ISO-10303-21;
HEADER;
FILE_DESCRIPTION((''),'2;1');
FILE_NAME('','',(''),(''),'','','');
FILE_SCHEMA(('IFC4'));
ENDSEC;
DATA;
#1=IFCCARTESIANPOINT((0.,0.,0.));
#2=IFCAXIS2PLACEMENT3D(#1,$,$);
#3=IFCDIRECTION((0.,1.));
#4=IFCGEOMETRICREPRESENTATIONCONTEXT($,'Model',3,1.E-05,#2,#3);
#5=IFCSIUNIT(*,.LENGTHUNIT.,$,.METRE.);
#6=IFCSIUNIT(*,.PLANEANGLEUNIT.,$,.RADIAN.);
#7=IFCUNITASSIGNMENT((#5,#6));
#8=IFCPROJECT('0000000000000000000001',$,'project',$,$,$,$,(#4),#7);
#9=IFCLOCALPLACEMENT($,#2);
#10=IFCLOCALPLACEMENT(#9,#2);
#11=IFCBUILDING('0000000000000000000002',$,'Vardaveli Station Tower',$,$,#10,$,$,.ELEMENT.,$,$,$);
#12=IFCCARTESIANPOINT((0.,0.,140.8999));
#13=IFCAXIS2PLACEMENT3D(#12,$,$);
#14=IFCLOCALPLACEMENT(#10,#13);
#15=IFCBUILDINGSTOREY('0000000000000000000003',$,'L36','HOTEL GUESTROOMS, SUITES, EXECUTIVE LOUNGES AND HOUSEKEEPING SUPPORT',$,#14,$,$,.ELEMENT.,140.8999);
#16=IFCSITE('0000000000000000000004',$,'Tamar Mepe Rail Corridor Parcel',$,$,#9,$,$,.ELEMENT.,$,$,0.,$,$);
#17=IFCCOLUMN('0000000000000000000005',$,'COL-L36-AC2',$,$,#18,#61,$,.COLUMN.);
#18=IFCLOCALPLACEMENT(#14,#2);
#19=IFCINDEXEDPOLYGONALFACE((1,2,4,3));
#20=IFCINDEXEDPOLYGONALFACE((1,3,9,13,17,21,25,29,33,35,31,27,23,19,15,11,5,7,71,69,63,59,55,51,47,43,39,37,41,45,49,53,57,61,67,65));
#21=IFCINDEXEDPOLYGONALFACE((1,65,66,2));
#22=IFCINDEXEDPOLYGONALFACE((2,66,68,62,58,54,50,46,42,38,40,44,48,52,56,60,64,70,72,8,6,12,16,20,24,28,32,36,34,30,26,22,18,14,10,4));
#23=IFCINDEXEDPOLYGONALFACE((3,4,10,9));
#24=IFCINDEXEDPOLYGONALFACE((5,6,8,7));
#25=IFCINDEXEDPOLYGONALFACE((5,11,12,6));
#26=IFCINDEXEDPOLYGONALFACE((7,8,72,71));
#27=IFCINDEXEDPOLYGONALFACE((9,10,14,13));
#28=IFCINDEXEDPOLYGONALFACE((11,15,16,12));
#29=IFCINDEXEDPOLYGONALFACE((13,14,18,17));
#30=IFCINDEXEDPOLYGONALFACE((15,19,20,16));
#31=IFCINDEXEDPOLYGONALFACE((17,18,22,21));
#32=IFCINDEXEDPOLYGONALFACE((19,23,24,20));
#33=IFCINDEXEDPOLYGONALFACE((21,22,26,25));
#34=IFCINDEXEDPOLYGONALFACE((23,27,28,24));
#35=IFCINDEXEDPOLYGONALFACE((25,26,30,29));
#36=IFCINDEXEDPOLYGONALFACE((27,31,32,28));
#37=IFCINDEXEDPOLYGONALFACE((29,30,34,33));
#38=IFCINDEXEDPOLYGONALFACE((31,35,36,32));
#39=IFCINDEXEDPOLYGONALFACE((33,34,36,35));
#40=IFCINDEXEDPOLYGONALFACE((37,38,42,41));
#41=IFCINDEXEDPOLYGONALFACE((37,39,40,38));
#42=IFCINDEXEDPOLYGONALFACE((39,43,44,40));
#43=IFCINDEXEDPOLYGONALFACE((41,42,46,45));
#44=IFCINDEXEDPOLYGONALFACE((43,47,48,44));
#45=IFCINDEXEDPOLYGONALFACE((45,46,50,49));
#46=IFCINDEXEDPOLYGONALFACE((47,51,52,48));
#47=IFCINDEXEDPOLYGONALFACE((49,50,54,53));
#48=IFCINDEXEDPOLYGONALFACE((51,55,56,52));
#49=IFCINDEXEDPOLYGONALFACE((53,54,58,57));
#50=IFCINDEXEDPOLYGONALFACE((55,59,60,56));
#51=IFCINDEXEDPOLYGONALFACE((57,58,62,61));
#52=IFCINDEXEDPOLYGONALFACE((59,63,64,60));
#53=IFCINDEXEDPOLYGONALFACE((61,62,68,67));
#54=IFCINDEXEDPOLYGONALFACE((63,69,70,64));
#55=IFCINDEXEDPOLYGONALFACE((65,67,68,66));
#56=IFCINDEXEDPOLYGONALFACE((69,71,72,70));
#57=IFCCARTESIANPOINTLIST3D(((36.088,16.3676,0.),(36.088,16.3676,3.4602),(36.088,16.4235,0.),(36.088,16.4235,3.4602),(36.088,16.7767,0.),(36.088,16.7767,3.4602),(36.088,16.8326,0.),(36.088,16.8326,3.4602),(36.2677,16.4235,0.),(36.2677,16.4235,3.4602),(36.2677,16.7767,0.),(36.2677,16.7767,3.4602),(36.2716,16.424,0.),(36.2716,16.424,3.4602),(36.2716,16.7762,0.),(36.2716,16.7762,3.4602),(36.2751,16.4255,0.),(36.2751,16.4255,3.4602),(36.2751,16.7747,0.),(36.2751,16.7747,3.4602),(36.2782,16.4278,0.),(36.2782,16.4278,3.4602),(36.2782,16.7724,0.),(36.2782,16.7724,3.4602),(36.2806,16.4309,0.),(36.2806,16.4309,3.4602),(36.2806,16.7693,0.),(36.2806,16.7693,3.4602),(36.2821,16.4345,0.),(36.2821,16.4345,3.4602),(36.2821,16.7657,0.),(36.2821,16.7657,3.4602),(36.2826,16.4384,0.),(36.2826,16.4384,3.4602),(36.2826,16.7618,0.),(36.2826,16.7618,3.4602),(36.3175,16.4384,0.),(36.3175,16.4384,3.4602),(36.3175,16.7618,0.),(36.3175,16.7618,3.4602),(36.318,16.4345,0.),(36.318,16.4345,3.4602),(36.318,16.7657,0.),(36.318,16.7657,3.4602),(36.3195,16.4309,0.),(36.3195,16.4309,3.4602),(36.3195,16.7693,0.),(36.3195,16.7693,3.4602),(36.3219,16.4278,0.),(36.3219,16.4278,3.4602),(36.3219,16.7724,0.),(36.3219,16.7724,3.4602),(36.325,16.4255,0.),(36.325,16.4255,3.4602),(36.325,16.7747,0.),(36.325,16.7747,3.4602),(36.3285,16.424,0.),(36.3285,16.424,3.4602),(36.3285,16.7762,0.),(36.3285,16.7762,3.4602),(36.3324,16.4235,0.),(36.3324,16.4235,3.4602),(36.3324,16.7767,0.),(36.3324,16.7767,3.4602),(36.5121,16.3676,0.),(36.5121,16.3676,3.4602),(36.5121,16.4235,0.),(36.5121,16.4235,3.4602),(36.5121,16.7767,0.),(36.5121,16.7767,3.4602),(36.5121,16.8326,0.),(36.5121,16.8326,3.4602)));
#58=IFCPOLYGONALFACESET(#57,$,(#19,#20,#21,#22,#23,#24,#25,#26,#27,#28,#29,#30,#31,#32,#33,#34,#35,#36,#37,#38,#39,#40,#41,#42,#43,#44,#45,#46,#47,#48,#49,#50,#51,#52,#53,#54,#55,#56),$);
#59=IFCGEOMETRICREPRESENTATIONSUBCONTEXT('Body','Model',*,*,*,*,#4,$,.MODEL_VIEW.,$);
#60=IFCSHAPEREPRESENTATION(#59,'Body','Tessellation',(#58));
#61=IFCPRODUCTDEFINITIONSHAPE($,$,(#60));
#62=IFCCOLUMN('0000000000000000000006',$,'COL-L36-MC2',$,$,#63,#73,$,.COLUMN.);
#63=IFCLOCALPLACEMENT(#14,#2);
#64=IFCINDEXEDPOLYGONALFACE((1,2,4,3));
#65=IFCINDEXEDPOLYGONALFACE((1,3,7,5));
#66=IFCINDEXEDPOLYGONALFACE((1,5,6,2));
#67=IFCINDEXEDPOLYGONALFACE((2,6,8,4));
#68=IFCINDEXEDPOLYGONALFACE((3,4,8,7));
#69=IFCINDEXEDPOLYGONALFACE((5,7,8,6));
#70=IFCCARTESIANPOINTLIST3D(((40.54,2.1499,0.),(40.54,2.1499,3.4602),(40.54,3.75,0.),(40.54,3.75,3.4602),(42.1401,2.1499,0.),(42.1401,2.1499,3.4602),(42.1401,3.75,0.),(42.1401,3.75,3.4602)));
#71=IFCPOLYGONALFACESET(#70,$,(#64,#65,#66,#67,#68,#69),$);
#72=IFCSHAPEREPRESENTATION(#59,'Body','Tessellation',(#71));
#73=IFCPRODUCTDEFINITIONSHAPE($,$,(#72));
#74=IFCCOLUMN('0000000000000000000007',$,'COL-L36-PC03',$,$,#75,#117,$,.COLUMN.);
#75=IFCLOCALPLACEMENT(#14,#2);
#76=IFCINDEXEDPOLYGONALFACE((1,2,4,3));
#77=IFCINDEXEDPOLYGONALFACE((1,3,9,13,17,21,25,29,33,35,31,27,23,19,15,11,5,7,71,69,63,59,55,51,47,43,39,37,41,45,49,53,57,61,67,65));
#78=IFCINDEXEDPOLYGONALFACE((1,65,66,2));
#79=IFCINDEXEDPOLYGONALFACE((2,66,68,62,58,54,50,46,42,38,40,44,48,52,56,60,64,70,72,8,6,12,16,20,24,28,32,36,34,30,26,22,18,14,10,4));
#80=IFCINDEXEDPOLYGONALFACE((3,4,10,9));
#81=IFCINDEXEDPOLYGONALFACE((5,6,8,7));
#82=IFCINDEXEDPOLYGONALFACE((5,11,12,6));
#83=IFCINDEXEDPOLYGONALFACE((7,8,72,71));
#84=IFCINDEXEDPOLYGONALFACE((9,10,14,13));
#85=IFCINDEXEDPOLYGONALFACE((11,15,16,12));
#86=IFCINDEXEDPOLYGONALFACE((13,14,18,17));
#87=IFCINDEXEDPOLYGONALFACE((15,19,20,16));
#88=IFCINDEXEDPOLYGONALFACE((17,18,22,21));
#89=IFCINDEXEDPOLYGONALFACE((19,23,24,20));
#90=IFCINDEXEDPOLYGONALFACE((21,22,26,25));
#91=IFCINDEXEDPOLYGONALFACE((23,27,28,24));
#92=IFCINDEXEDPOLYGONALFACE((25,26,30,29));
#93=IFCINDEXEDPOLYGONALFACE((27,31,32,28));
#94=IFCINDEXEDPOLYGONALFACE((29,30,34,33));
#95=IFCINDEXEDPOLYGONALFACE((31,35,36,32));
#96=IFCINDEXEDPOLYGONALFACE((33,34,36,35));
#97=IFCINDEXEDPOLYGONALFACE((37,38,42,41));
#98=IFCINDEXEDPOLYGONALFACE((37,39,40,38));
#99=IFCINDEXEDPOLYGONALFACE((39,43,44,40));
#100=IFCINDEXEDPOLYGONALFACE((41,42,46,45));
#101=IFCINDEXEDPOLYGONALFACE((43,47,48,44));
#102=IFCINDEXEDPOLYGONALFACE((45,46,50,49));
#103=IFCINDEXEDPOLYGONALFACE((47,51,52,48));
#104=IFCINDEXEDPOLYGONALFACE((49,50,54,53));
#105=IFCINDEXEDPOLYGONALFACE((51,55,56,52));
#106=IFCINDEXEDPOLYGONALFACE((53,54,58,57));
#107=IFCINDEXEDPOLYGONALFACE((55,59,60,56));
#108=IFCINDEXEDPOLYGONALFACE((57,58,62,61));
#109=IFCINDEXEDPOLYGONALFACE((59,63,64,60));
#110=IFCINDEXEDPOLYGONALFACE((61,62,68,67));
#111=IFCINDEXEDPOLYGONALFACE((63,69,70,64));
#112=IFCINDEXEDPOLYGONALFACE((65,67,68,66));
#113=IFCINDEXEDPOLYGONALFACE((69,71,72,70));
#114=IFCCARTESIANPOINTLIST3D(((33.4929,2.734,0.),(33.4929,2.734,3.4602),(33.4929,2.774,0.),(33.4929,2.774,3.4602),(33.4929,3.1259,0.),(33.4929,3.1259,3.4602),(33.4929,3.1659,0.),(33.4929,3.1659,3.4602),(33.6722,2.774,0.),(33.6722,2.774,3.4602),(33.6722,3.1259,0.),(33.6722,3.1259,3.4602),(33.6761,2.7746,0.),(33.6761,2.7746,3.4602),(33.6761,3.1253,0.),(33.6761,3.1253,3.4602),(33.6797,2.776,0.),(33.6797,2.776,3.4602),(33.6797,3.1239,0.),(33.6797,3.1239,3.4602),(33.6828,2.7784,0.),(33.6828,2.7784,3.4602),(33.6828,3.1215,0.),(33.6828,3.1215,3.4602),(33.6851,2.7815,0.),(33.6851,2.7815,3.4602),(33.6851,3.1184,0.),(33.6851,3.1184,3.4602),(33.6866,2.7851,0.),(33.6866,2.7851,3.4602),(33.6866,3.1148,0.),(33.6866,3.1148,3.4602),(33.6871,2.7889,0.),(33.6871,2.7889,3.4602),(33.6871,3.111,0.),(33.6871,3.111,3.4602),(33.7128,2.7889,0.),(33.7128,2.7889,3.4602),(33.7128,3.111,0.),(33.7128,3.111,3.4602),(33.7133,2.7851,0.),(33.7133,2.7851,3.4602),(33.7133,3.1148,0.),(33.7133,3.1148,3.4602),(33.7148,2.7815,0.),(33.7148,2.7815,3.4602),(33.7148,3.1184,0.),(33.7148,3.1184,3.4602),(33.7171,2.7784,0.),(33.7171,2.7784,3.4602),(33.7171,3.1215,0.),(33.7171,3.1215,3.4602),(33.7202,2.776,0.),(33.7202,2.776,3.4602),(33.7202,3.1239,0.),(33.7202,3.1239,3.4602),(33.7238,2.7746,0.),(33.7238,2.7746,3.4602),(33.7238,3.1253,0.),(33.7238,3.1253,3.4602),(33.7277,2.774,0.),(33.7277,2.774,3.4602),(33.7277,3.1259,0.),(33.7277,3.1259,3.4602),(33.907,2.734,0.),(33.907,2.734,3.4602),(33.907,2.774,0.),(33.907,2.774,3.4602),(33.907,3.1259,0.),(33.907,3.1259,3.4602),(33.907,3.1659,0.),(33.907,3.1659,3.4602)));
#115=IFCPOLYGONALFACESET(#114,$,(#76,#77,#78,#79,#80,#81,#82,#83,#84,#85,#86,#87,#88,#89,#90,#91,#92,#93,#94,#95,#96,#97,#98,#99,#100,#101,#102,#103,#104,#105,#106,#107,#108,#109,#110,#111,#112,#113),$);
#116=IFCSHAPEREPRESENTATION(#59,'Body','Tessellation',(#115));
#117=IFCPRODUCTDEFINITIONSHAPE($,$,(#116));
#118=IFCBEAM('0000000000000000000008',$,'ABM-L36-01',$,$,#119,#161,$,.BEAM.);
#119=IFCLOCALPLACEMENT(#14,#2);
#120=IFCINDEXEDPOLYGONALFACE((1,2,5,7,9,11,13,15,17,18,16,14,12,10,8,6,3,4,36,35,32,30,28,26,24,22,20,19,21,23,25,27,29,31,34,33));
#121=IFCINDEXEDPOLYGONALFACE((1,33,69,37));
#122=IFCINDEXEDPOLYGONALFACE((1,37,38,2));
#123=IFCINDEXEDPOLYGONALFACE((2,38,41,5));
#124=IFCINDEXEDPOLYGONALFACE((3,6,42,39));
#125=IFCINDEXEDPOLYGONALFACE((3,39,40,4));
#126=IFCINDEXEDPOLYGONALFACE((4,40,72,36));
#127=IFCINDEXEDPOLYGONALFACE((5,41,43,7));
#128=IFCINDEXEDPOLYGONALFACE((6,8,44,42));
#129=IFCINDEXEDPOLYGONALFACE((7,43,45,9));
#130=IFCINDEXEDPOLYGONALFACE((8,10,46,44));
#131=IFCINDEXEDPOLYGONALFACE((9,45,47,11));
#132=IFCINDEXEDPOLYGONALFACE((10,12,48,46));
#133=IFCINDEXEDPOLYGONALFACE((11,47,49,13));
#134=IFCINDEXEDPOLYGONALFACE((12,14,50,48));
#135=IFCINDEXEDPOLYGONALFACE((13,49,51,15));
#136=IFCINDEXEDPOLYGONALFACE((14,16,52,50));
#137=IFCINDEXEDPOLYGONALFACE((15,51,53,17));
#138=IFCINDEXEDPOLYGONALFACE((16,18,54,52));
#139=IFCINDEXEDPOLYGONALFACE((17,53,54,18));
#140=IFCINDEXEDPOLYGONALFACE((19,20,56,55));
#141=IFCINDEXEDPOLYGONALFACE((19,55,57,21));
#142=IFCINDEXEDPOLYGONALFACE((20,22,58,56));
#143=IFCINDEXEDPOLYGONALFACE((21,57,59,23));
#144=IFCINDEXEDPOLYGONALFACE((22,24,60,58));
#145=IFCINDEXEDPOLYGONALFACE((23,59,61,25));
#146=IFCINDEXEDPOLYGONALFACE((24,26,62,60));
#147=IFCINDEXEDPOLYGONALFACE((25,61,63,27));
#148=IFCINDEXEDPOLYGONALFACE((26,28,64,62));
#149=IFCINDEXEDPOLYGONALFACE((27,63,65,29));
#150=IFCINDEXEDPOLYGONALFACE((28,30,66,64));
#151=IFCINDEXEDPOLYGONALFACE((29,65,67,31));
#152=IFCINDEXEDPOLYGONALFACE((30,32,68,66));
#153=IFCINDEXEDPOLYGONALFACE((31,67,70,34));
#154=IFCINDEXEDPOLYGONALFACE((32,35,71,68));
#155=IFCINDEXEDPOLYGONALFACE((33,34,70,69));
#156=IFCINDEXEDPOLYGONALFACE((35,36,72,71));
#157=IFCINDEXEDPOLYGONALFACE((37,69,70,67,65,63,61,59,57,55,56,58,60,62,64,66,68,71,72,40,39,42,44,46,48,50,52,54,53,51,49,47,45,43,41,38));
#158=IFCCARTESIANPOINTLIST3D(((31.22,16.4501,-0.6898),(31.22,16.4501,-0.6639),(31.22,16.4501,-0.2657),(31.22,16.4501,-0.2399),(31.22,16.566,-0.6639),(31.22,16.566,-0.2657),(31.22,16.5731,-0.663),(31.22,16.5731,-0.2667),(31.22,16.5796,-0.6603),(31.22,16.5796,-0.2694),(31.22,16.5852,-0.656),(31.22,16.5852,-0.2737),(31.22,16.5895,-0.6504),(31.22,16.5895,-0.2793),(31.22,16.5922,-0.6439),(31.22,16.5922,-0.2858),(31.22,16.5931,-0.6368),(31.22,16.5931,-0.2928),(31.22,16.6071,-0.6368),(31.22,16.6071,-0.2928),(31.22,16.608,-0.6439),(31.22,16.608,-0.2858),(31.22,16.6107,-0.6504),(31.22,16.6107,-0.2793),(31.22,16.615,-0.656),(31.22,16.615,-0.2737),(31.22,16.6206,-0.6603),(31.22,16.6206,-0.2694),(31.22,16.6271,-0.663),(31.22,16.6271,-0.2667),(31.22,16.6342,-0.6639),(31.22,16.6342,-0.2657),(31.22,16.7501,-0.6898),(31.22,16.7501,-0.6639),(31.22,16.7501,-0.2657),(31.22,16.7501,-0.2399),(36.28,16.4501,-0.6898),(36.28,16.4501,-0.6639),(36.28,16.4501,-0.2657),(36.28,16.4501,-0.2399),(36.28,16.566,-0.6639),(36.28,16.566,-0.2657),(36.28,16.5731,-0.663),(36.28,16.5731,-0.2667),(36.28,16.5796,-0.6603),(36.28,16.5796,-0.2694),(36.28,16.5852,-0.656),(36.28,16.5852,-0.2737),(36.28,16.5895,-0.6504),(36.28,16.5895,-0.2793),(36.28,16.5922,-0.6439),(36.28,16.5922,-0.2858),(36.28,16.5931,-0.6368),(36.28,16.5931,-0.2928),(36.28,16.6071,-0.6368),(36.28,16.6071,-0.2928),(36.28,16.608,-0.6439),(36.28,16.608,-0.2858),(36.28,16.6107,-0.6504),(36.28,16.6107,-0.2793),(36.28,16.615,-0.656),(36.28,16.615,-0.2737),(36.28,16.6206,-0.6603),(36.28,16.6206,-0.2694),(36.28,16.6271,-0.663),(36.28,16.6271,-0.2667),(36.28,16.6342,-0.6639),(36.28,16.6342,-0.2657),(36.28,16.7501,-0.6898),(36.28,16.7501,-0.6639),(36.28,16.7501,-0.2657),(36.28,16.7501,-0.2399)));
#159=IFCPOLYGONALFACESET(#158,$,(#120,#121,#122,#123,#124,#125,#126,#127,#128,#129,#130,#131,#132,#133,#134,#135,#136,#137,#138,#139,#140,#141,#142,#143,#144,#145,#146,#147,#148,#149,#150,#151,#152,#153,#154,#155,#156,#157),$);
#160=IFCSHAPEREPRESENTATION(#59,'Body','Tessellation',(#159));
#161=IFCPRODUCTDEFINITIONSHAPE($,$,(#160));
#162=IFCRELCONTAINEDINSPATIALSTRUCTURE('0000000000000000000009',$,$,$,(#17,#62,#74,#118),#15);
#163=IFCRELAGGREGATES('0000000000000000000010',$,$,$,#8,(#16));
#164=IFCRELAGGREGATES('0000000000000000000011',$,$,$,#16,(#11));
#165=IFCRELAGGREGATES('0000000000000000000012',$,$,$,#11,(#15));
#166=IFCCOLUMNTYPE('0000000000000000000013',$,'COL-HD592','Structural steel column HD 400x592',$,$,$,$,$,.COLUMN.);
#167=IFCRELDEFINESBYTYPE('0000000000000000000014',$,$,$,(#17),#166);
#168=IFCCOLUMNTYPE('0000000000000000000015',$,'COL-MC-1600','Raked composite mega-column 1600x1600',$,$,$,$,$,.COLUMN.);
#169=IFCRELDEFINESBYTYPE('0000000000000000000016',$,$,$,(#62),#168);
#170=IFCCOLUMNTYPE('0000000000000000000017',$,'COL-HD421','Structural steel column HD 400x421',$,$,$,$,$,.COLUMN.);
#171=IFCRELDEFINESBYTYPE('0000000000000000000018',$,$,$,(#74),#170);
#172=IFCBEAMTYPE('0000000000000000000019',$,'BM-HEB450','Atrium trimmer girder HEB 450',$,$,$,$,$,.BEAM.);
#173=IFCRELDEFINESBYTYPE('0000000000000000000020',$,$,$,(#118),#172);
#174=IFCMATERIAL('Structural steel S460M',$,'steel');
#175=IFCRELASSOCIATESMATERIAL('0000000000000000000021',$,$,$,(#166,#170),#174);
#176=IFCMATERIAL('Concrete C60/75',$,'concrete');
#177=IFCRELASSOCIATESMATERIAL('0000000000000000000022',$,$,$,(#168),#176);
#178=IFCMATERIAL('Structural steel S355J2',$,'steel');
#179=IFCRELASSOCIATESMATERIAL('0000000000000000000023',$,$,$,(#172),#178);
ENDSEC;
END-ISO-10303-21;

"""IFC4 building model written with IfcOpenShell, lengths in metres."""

from ifc_helpers import new_model, si_unit, direction, frame, origin, origin_2d, place, context, subcontext, project, spatial, rectangle, i_section, extrude, source, transform, mapped, material, material_profile, profile_set, type_object, element, save


model = new_model("IFC4")

# Units and contexts
model_context = context("Model", 3, precision=1e-05, world=origin(), true_north=direction((0.0, 1.0)))
body_context = subcontext(model_context, "Body", "Model", "MODEL_VIEW")
ifc_project = project(units=[si_unit("LENGTHUNIT", "METRE"), si_unit("PLANEANGLEUNIT", "RADIAN")], contexts=[model_context])

# Site, building, storey
site_placement = place(None, origin())
site = spatial("IfcSite", under=ifc_project, at=site_placement, Name="Tamar Mepe Rail Corridor Parcel", CompositionType="ELEMENT", RefElevation=0.0)
building_placement = place(site_placement, origin())
building = spatial("IfcBuilding", under=site, at=building_placement, Name="Vardaveli Station Tower", CompositionType="ELEMENT")
storey_placement = place(building_placement, frame((0.0, 0.0, 140.8999)))
storey = spatial("IfcBuildingStorey", under=building, at=storey_placement, Name="L36", Description="HOTEL GUESTROOMS, SUITES, EXECUTIVE LOUNGES AND HOUSEKEEPING SUPPORT", CompositionType="ELEMENT", Elevation=140.8999)

# Columns
ifc_material_1 = material(Name="Structural steel S460M", Category="steel")
ifc_material_profile_1 = material_profile(ifc_material_1, i_section(OverallWidth=0.4241, OverallDepth=0.4651, WebThickness=0.0349, FlangeThickness=0.0559, FilletRadius=0.0149, at=origin_2d()), Name="HD 400x592")
ifc_profile_set_1 = profile_set([ifc_material_profile_1], Name="Structural steel S460M")
column_type_1 = type_object("IfcColumnType", Name="COL-HD592", Description="Structural steel column HD 400x592", PredefinedType="COLUMN", material=ifc_profile_set_1)
shared_shape_1 = source(origin(), body_context, "Body", "SweptSolid", [
    extrude(i_section(OverallWidth=0.4241, OverallDepth=0.4651, WebThickness=0.0349, FlangeThickness=0.0559, FilletRadius=0.0149, at=origin_2d()), origin(), (0.0, 0.0, 1.0), 3.4602),
])
column_1_placement = place(storey_placement, frame((36.3, 16.6001, 0.0), z_axis=(0.0, 0.0, 1.0), x_axis=(1.0, 0.0, 0.0)))
element("IfcColumn", 1, at=column_1_placement, inside=storey, type_object=column_type_1, Name="COL-L36-AC2", PredefinedType="COLUMN", context=body_context, shape_type="MappedRepresentation", body=[
    mapped(shared_shape_1, transform((0.0, 0.0, 0.0), scale=1.0)),
])
ifc_material_2 = material(Name="Concrete C60/75", Category="concrete")
ifc_material_profile_2 = material_profile(ifc_material_2, rectangle(XDim=1.6001, YDim=1.6001, at=origin_2d()), Name="MC 1600x1600")
ifc_profile_set_2 = profile_set([ifc_material_profile_2], Name="Concrete C60/75")
column_type_2 = type_object("IfcColumnType", Name="COL-MC-1600", Description="Raked composite mega-column 1600x1600", PredefinedType="COLUMN", material=ifc_profile_set_2)
shared_shape_2 = source(origin(), body_context, "Body", "SweptSolid", [
    extrude(rectangle(XDim=1.6001, YDim=1.6001, at=origin_2d()), origin(), (0.0, 0.0, 1.0), 3.4602),
])
column_2_placement = place(storey_placement, frame((41.3401, 2.95, 0.0), z_axis=(0.0, 0.0, 1.0), x_axis=(1.0, 0.0, 0.0)))
element("IfcColumn", 2, at=column_2_placement, inside=storey, type_object=column_type_2, Name="COL-L36-MC2", PredefinedType="COLUMN", context=body_context, shape_type="MappedRepresentation", body=[
    mapped(shared_shape_2, transform((0.0, 0.0, 0.0), scale=1.0)),
])
ifc_material_profile_3 = material_profile(ifc_material_1, i_section(OverallWidth=0.4141, OverallDepth=0.4319, WebThickness=0.0256, FlangeThickness=0.04, FilletRadius=0.0149, at=origin_2d()), Name="HD 400x421")
ifc_profile_set_3 = profile_set([ifc_material_profile_3], Name="Structural steel S460M")
column_type_3 = type_object("IfcColumnType", Name="COL-HD421", Description="Structural steel column HD 400x421", PredefinedType="COLUMN", material=ifc_profile_set_3)
shared_shape_3 = source(origin(), body_context, "Body", "SweptSolid", [
    extrude(i_section(OverallWidth=0.4141, OverallDepth=0.4319, WebThickness=0.0256, FlangeThickness=0.04, FilletRadius=0.0149, at=origin_2d()), origin(), (0.0, 0.0, 1.0), 3.4602),
])
column_3_placement = place(storey_placement, frame((33.7, 2.95, 0.0), z_axis=(0.0, 0.0, 1.0), x_axis=(1.0, 0.0, 0.0)))
element("IfcColumn", 3, at=column_3_placement, inside=storey, type_object=column_type_3, Name="COL-L36-PC03", PredefinedType="COLUMN", context=body_context, shape_type="MappedRepresentation", body=[
    mapped(shared_shape_3, transform((0.0, 0.0, 0.0), scale=1.0)),
])

# Beam
ifc_material_3 = material(Name="Structural steel S355J2", Category="steel")
ifc_material_profile_4 = material_profile(ifc_material_3, i_section(OverallWidth=0.3, OverallDepth=0.45, WebThickness=0.0139, FlangeThickness=0.0259, FilletRadius=0.0271, at=origin_2d()), Name="HEB 450")
ifc_profile_set_4 = profile_set([ifc_material_profile_4], Name="Structural steel S355J2")
beam_type_1 = type_object("IfcBeamType", Name="BM-HEB450", Description="Atrium trimmer girder HEB 450", PredefinedType="BEAM", material=ifc_profile_set_4)
shared_shape_4 = source(origin(), body_context, "Body", "SweptSolid", [
    extrude(i_section(OverallWidth=0.3, OverallDepth=0.45, WebThickness=0.0139, FlangeThickness=0.0259, FilletRadius=0.0271, at=origin_2d()), origin(), (0.0, 0.0, 1.0), 5.0601),
])
beam_1_placement = place(storey_placement, frame((31.22, 16.6001, -0.4648), z_axis=(1.0, 0.0, 0.0), x_axis=(0.0, 1.0, 0.0)))
element("IfcBeam", 4, at=beam_1_placement, inside=storey, type_object=beam_type_1, Name="ABM-L36-01", PredefinedType="BEAM", context=body_context, shape_type="MappedRepresentation", body=[
    mapped(shared_shape_4, transform((0.0, 0.0, 0.0), scale=1.0)),
])

save(model, "model.ifc")
